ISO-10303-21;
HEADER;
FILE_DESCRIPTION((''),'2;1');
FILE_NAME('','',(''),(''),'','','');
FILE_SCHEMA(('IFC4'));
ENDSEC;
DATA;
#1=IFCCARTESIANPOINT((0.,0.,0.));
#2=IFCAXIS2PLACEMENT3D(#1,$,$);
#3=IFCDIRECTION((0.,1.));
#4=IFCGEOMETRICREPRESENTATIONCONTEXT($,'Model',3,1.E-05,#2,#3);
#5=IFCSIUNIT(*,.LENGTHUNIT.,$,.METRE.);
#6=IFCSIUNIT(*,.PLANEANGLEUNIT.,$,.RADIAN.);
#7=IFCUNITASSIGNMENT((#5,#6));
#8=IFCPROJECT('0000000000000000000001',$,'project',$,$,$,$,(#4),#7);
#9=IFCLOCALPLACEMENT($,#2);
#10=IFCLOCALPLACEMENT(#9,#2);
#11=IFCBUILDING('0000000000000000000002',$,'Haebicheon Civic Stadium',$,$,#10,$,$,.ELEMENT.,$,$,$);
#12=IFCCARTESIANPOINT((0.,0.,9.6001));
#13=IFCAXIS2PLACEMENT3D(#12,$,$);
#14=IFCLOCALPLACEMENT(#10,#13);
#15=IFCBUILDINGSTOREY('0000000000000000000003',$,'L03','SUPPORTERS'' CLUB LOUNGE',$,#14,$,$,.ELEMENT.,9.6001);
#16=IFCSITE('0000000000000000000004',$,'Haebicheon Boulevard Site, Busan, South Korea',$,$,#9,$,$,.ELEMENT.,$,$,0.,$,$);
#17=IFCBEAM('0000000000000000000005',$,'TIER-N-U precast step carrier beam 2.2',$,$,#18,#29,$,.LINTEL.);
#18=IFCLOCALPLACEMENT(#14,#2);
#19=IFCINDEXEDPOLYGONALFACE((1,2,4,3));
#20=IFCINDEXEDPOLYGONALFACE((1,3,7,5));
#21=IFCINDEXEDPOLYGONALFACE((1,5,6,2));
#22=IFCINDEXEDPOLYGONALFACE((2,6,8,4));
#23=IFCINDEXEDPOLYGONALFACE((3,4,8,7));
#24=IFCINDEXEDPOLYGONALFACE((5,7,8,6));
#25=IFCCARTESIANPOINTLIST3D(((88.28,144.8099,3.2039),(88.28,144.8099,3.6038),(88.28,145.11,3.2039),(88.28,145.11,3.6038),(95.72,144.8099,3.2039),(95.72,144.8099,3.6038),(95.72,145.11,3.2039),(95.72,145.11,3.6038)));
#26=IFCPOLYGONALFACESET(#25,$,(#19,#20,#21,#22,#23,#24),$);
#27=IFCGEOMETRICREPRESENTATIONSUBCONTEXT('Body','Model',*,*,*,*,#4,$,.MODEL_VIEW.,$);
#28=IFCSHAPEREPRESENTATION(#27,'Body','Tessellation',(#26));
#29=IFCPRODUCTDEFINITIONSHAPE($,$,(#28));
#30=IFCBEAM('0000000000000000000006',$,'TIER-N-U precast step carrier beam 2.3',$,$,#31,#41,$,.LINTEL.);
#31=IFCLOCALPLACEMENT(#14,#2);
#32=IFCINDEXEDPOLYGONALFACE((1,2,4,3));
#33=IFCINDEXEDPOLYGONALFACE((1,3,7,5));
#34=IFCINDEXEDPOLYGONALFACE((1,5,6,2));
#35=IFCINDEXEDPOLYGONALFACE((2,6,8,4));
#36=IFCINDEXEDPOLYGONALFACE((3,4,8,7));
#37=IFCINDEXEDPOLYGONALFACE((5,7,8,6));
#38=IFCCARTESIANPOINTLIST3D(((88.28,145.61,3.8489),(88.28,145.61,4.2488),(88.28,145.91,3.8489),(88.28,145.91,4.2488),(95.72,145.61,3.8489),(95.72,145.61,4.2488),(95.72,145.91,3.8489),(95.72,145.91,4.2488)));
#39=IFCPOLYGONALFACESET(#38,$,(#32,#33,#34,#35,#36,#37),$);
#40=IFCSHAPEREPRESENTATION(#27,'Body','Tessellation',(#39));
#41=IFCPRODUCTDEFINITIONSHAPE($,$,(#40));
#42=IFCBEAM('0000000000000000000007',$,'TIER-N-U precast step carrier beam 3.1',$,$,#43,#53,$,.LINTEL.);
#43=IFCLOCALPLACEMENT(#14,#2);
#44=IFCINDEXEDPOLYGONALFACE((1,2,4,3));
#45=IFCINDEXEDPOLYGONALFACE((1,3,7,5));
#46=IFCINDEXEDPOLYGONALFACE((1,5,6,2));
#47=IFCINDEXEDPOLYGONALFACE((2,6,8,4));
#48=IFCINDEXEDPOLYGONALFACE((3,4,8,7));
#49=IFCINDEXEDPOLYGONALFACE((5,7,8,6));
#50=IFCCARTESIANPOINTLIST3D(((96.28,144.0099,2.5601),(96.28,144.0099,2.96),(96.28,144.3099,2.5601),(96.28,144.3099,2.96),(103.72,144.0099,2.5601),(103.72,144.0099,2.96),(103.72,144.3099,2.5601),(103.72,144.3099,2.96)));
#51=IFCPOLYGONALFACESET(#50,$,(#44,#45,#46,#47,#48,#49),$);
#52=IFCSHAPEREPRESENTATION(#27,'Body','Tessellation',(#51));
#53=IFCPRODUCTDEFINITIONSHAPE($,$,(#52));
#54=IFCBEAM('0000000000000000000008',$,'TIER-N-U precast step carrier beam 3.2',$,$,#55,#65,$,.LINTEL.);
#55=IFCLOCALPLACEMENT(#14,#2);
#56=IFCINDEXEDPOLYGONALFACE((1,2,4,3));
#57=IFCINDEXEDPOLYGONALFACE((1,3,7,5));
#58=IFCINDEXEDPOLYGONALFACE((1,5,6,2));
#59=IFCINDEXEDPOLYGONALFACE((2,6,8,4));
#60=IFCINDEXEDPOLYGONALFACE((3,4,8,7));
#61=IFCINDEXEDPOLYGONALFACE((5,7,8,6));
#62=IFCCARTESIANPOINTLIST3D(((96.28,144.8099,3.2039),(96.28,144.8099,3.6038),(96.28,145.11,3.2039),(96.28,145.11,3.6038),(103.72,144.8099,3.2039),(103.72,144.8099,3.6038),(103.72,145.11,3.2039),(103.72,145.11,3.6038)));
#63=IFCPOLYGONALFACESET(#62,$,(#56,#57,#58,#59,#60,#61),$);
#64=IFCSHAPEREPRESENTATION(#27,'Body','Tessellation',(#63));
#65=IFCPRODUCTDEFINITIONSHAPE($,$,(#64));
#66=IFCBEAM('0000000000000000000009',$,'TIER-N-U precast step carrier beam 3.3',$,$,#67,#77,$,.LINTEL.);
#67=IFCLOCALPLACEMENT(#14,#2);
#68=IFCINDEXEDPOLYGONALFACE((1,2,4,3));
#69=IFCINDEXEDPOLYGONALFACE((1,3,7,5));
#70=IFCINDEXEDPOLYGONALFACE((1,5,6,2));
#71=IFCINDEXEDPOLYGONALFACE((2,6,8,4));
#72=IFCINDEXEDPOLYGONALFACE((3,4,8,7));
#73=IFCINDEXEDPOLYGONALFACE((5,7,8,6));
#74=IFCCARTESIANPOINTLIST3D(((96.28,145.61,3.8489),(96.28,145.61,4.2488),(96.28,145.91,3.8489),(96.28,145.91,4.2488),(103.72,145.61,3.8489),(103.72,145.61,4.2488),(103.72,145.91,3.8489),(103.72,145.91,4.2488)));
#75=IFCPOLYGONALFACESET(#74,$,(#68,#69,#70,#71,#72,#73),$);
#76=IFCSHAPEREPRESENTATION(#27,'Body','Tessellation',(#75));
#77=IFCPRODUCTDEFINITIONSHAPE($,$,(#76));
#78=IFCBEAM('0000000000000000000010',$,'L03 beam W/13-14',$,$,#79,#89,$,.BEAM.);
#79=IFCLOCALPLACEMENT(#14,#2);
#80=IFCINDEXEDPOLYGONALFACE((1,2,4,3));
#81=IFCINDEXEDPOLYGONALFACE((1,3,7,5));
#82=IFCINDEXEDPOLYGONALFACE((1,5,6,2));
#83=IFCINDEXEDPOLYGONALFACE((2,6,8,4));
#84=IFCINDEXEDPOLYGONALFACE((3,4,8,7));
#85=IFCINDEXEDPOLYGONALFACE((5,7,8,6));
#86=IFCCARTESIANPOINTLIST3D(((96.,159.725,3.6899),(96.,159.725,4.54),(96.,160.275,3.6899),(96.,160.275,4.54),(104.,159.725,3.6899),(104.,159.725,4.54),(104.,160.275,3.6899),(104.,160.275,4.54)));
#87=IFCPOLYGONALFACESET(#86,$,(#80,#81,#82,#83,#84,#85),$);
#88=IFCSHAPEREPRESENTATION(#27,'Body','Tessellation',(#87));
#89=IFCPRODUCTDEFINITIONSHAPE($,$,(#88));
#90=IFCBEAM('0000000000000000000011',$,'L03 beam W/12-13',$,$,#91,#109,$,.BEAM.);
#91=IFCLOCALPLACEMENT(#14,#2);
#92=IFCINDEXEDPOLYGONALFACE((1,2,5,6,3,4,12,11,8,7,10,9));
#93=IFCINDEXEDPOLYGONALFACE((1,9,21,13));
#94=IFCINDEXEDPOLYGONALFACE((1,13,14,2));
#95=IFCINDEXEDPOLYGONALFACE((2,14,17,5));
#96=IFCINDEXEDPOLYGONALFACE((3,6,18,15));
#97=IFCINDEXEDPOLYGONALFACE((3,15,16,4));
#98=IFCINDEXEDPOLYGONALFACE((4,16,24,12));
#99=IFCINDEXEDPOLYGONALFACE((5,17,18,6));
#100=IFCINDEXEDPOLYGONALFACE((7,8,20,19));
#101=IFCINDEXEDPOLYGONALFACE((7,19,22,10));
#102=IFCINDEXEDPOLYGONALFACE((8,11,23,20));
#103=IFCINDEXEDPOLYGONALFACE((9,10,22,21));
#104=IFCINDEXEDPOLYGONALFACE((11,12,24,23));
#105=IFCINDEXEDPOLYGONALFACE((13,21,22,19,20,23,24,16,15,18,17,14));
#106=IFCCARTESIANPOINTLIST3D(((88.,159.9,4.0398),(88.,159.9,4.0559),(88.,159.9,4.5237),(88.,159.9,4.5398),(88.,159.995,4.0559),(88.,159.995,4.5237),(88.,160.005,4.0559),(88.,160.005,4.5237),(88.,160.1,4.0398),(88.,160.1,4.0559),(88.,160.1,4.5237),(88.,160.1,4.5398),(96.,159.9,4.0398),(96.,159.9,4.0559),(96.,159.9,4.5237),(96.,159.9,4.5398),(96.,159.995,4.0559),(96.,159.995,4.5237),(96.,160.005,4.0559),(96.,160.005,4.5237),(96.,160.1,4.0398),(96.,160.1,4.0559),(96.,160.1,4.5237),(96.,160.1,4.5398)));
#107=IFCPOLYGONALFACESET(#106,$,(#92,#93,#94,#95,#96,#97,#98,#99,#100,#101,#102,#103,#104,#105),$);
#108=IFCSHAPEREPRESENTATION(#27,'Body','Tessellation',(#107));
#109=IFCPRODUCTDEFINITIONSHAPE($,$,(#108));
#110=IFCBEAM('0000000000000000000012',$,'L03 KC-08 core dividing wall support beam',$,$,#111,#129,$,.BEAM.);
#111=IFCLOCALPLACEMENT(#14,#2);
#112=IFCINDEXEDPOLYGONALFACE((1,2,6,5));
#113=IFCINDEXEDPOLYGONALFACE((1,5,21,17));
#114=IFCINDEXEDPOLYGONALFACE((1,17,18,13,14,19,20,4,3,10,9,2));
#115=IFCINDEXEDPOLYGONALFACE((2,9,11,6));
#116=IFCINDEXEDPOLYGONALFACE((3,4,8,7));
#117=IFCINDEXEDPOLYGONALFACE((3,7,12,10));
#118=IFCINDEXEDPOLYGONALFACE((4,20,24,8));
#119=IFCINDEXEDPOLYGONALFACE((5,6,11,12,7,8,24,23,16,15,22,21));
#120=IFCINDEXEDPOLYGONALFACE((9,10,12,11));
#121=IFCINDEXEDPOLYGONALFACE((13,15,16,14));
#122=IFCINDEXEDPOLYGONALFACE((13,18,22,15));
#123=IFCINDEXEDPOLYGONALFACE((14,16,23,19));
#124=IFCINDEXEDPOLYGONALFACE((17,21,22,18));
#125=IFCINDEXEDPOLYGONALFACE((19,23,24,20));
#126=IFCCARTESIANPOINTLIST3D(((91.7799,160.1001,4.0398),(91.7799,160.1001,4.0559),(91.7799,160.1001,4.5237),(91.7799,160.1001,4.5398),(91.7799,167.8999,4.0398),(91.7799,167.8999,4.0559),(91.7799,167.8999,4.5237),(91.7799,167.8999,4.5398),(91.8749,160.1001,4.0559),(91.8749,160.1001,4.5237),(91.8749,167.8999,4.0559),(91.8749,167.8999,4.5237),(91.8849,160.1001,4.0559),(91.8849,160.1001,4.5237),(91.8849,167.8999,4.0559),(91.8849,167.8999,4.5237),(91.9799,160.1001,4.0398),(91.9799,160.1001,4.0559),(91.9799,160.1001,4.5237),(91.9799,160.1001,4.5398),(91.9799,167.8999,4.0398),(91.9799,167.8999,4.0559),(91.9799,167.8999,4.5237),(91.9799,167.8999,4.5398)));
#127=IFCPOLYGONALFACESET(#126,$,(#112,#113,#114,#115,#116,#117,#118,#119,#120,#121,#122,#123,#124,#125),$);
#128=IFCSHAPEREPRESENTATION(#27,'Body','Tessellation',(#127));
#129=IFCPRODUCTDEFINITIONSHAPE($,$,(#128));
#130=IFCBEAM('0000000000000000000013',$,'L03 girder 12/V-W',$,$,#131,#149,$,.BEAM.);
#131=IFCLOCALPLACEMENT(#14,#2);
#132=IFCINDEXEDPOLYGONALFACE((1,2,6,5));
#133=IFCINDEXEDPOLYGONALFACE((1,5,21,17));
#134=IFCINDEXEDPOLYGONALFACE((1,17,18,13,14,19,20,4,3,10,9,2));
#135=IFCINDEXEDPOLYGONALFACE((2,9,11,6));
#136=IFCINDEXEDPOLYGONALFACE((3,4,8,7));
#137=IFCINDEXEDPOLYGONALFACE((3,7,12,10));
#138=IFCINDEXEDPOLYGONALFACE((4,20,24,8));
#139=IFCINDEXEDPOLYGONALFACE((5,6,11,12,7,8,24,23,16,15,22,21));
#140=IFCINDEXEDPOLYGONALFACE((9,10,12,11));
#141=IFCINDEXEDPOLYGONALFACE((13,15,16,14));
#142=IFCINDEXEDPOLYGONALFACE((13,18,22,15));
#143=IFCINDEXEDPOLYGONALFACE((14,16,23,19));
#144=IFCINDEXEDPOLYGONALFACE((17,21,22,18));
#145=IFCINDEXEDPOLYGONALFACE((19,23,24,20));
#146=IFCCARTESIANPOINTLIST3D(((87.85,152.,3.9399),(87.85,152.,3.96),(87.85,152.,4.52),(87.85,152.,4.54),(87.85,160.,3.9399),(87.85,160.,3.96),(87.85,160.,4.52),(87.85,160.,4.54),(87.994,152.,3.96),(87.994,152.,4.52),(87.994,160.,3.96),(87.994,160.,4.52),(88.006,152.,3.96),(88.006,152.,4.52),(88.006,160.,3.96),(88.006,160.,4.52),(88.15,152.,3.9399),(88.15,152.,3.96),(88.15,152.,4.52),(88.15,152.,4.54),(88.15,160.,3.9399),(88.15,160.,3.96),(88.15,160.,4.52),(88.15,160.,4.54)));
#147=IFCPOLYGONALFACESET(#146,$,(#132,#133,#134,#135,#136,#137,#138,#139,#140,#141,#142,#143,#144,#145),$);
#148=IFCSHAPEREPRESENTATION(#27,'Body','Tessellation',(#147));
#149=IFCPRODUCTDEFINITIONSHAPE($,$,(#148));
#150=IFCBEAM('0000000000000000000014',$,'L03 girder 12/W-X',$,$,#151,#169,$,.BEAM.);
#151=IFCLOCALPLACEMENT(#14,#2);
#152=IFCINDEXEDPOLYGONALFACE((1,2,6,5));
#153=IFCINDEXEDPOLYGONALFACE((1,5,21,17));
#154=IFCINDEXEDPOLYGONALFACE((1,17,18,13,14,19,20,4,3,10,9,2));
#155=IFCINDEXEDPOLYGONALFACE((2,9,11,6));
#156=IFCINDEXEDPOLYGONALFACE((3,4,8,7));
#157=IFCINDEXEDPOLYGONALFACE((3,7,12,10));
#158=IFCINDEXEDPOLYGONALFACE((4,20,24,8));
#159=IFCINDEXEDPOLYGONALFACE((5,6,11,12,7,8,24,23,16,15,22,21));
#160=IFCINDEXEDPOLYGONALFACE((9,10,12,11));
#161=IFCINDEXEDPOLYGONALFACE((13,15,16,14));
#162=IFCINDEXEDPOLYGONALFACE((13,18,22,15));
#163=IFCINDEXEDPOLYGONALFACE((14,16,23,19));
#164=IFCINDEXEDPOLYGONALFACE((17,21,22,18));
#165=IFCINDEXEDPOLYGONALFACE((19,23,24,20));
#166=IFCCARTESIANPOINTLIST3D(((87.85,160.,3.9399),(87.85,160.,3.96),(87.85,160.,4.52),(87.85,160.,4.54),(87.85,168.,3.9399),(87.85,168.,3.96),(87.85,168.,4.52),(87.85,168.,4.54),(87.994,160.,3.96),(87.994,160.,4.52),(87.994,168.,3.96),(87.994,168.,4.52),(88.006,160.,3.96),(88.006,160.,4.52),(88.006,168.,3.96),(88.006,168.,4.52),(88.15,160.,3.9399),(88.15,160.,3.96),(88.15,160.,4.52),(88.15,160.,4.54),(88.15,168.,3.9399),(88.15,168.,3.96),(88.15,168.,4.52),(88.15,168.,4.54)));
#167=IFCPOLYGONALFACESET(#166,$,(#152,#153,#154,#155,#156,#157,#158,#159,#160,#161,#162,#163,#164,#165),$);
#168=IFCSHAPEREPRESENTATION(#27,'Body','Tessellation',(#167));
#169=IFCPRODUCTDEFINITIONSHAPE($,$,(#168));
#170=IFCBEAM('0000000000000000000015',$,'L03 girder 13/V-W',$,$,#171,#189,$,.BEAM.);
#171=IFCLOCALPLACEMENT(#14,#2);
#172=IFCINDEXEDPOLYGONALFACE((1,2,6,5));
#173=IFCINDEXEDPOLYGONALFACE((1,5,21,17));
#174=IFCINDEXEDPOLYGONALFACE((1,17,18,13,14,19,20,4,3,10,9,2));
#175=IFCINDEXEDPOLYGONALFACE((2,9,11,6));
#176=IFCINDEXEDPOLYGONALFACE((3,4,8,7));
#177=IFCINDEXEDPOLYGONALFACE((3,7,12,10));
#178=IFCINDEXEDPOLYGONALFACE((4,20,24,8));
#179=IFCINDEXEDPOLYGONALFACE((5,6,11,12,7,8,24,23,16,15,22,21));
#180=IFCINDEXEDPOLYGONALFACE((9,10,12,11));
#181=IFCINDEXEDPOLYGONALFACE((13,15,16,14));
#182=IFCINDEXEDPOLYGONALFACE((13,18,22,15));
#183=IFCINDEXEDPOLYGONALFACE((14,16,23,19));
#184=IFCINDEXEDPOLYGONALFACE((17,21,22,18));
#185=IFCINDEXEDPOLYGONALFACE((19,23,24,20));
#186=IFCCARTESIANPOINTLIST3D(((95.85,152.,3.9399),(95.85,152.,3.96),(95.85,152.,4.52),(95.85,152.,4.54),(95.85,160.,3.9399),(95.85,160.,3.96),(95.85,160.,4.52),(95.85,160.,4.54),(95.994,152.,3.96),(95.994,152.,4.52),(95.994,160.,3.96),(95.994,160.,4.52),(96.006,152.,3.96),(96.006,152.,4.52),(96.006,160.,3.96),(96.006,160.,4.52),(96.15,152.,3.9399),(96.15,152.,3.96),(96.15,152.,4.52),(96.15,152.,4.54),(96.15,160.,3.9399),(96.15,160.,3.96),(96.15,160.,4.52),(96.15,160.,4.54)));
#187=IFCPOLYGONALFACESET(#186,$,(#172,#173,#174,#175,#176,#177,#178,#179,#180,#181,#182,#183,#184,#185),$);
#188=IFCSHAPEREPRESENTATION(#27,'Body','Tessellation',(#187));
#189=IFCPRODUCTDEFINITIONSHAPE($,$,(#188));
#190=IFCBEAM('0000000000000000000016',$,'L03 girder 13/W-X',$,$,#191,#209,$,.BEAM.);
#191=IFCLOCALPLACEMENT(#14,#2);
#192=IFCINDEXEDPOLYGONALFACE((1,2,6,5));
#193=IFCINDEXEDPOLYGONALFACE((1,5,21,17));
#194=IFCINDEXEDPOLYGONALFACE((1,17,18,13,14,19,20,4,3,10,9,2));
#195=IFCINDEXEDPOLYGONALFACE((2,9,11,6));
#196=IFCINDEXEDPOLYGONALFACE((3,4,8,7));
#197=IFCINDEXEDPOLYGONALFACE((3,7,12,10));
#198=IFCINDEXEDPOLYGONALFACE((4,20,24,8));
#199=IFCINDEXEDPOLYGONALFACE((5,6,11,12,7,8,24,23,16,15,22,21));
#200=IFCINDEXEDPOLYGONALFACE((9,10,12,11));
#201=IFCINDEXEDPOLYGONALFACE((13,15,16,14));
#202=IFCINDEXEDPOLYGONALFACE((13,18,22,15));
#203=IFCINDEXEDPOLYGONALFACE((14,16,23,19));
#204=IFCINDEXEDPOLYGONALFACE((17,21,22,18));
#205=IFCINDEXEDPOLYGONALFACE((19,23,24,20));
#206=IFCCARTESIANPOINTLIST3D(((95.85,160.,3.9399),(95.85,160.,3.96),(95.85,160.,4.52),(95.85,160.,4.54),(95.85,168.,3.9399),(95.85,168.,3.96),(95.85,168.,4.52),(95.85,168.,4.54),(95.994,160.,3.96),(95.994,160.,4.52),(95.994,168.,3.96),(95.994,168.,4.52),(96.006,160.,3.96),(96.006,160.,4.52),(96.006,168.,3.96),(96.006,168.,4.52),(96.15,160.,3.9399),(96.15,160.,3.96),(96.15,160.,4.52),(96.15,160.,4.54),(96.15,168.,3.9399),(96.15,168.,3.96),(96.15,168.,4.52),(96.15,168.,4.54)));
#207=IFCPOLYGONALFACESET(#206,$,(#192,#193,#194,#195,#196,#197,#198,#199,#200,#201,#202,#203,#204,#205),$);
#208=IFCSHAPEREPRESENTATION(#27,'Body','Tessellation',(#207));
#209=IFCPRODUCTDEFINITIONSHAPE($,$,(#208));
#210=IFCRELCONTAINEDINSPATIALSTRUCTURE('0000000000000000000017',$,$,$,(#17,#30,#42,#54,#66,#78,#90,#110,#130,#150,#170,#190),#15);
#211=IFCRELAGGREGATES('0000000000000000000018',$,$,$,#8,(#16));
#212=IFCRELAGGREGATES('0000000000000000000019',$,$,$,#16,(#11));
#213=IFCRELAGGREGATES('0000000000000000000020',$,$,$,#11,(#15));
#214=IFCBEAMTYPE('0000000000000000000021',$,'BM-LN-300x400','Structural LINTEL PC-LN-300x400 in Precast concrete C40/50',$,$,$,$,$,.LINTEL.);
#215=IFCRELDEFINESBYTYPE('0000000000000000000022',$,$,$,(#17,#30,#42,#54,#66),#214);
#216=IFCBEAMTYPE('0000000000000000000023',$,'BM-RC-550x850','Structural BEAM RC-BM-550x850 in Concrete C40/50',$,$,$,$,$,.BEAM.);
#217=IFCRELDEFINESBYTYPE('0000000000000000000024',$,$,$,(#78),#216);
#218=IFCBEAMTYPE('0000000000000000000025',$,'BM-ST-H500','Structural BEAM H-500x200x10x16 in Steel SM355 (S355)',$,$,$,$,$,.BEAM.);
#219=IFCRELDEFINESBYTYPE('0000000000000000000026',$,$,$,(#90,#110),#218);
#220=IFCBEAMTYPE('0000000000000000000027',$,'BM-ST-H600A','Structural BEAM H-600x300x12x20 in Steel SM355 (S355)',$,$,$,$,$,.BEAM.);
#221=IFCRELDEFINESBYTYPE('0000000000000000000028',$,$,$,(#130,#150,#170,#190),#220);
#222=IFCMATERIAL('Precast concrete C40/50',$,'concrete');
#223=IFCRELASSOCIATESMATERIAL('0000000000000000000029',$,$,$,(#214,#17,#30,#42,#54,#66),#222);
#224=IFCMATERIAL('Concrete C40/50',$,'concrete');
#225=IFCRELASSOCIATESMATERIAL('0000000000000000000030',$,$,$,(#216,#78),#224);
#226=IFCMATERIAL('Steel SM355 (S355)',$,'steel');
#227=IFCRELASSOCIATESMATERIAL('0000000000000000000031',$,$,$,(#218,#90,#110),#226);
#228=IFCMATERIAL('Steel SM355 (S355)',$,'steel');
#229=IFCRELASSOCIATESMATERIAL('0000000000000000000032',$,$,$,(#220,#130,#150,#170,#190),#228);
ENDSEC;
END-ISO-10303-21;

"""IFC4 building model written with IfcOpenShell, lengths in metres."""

from ifc_helpers import new_model, si_unit, direction, frame, origin, origin_2d, place, context, subcontext, project, spatial, rectangle, i_section, extrude, material, material_profile, profile_set, type_object, element, save


model = new_model("IFC4")

# Units and contexts
model_context = context("Model", 3, precision=1e-05, world=origin(), true_north=direction((0.0, 1.0)))
body_context = subcontext(model_context, "Body", "Model", "MODEL_VIEW")
ifc_project = project(units=[si_unit("LENGTHUNIT", "METRE"), si_unit("PLANEANGLEUNIT", "RADIAN")], contexts=[model_context])

# Site, building, storey
site_placement = place(None, origin())
site = spatial("IfcSite", under=ifc_project, at=site_placement, Name="Haebicheon Boulevard Site, Busan, South Korea", CompositionType="ELEMENT", RefElevation=0.0)
building_placement = place(site_placement, origin())
building = spatial("IfcBuilding", under=site, at=building_placement, Name="Haebicheon Civic Stadium", CompositionType="ELEMENT")
storey_placement = place(building_placement, frame((0.0, 0.0, 9.6001)))
storey = spatial("IfcBuildingStorey", under=building, at=storey_placement, Name="L03", Description="SUPPORTERS' CLUB LOUNGE", CompositionType="ELEMENT", Elevation=9.6001)

# Beams
ifc_material_1 = material(Name="Precast concrete C40/50", Category="concrete")
ifc_material_profile_1 = material_profile(ifc_material_1, rectangle(XDim=0.3, YDim=0.3999, at=origin_2d()), Name="PC-LN-300x400")
ifc_profile_set_1 = profile_set([ifc_material_profile_1], Name="Precast concrete C40/50")
beam_type_1 = type_object("IfcBeamType", Name="BM-LN-300x400", Description="Structural LINTEL PC-LN-300x400 in Precast concrete C40/50", PredefinedType="LINTEL", material=ifc_profile_set_1)
for number, where, z_axis, x_axis, name in (
    (1, (88.28, 144.96, 3.4038), (1.0, 0.0, 0.0), (0.0, 1.0, 0.0), "TIER-N-U precast step carrier beam 2.2"),
    (2, (88.28, 145.76, 4.0488), (1.0, 0.0, 0.0), (0.0, 1.0, 0.0), "TIER-N-U precast step carrier beam 2.3"),
    (3, (96.28, 144.1599, 2.76), (1.0, 0.0, 0.0), (0.0, 1.0, 0.0), "TIER-N-U precast step carrier beam 3.1"),
    (4, (96.28, 144.96, 3.4038), (1.0, 0.0, 0.0), (0.0, 1.0, 0.0), "TIER-N-U precast step carrier beam 3.2"),
    (5, (96.28, 145.76, 4.0488), (1.0, 0.0, 0.0), (0.0, 1.0, 0.0), "TIER-N-U precast step carrier beam 3.3"),
):
    element("IfcBeam", number, at=place(storey_placement, frame(where, z_axis=z_axis, x_axis=x_axis)), inside=storey, type_object=beam_type_1, material=ifc_profile_set_1, Name=name, PredefinedType="LINTEL", context=body_context, shape_type="SweptSolid", body=[
        extrude(rectangle(XDim=0.3, YDim=0.3999, at=origin_2d()), origin(), (0.0, 0.0, 1.0), 7.4399),
    ])
ifc_material_2 = material(Name="Concrete C40/50", Category="concrete")
ifc_material_profile_2 = material_profile(ifc_material_2, rectangle(XDim=0.55, YDim=0.8501, at=origin_2d()), Name="RC-BM-550x850")
ifc_profile_set_2 = profile_set([ifc_material_profile_2], Name="Concrete C40/50")
beam_type_2 = type_object("IfcBeamType", Name="BM-RC-550x850", Description="Structural BEAM RC-BM-550x850 in Concrete C40/50", PredefinedType="BEAM", material=ifc_profile_set_2)
beam_1_placement = place(storey_placement, frame((96.0, 160.0, 4.115), z_axis=(1.0, 0.0, 0.0), x_axis=(0.0, 1.0, 0.0)))
element("IfcBeam", 6, at=beam_1_placement, inside=storey, type_object=beam_type_2, material=ifc_profile_set_2, Name="L03 beam W/13-14", PredefinedType="BEAM", context=body_context, shape_type="SweptSolid", body=[
    extrude(rectangle(XDim=0.55, YDim=0.8501, at=origin_2d()), origin(), (0.0, 0.0, 1.0), 8.0),
])
ifc_material_3 = material(Name="Steel SM355 (S355)", Category="steel")
ifc_material_profile_3 = material_profile(ifc_material_3, i_section(OverallWidth=0.2, OverallDepth=0.5, WebThickness=0.01, FlangeThickness=0.0161, at=origin_2d()), Name="H-500x200x10x16")
ifc_profile_set_3 = profile_set([ifc_material_profile_3], Name="Steel SM355 (S355)")
beam_type_3 = type_object("IfcBeamType", Name="BM-ST-H500", Description="Structural BEAM H-500x200x10x16 in Steel SM355 (S355)", PredefinedType="BEAM", material=ifc_profile_set_3)
beam_2_placement = place(storey_placement, frame((88.0, 160.0, 4.2898), z_axis=(1.0, 0.0, 0.0), x_axis=(0.0, 1.0, 0.0)))
element("IfcBeam", 7, at=beam_2_placement, inside=storey, type_object=beam_type_3, material=ifc_profile_set_3, Name="L03 beam W/12-13", PredefinedType="BEAM", context=body_context, shape_type="SweptSolid", body=[
    extrude(i_section(OverallWidth=0.2, OverallDepth=0.5, WebThickness=0.01, FlangeThickness=0.0161, at=origin_2d()), origin(), (0.0, 0.0, 1.0), 8.0),
])
beam_3_placement = place(storey_placement, frame((91.8799, 160.1001, 4.2898), z_axis=(0.0, 1.0, 0.0), x_axis=(-1.0, 0.0, 0.0)))
element("IfcBeam", 8, at=beam_3_placement, inside=storey, type_object=beam_type_3, material=ifc_profile_set_3, Name="L03 KC-08 core dividing wall support beam", PredefinedType="BEAM", context=body_context, shape_type="SweptSolid", body=[
    extrude(i_section(OverallWidth=0.2, OverallDepth=0.5, WebThickness=0.01, FlangeThickness=0.0161, at=origin_2d()), origin(), (0.0, 0.0, 1.0), 7.7998),
])
ifc_material_4 = material(Name="Steel SM355 (S355)", Category="steel")
ifc_material_profile_4 = material_profile(ifc_material_4, i_section(OverallWidth=0.3, OverallDepth=0.6001, WebThickness=0.012, FlangeThickness=0.02, at=origin_2d()), Name="H-600x300x12x20")
ifc_profile_set_4 = profile_set([ifc_material_profile_4], Name="Steel SM355 (S355)")
beam_type_4 = type_object("IfcBeamType", Name="BM-ST-H600A", Description="Structural BEAM H-600x300x12x20 in Steel SM355 (S355)", PredefinedType="BEAM", material=ifc_profile_set_4)
for number, where, z_axis, x_axis, name in (
    (9, (88.0, 152.0, 4.24), (0.0, 1.0, 0.0), (-1.0, 0.0, 0.0), "L03 girder 12/V-W"),
    (10, (88.0, 160.0, 4.24), (0.0, 1.0, 0.0), (-1.0, 0.0, 0.0), "L03 girder 12/W-X"),
    (11, (96.0, 152.0, 4.24), (0.0, 1.0, 0.0), (-1.0, 0.0, 0.0), "L03 girder 13/V-W"),
    (12, (96.0, 160.0, 4.24), (0.0, 1.0, 0.0), (-1.0, 0.0, 0.0), "L03 girder 13/W-X"),
):
    element("IfcBeam", number, at=place(storey_placement, frame(where, z_axis=z_axis, x_axis=x_axis)), inside=storey, type_object=beam_type_4, material=ifc_profile_set_4, Name=name, PredefinedType="BEAM", context=body_context, shape_type="SweptSolid", body=[
        extrude(i_section(OverallWidth=0.3, OverallDepth=0.6001, WebThickness=0.012, FlangeThickness=0.02, at=origin_2d()), origin(), (0.0, 0.0, 1.0), 8.0),
    ])

save(model, "model.ifc")
